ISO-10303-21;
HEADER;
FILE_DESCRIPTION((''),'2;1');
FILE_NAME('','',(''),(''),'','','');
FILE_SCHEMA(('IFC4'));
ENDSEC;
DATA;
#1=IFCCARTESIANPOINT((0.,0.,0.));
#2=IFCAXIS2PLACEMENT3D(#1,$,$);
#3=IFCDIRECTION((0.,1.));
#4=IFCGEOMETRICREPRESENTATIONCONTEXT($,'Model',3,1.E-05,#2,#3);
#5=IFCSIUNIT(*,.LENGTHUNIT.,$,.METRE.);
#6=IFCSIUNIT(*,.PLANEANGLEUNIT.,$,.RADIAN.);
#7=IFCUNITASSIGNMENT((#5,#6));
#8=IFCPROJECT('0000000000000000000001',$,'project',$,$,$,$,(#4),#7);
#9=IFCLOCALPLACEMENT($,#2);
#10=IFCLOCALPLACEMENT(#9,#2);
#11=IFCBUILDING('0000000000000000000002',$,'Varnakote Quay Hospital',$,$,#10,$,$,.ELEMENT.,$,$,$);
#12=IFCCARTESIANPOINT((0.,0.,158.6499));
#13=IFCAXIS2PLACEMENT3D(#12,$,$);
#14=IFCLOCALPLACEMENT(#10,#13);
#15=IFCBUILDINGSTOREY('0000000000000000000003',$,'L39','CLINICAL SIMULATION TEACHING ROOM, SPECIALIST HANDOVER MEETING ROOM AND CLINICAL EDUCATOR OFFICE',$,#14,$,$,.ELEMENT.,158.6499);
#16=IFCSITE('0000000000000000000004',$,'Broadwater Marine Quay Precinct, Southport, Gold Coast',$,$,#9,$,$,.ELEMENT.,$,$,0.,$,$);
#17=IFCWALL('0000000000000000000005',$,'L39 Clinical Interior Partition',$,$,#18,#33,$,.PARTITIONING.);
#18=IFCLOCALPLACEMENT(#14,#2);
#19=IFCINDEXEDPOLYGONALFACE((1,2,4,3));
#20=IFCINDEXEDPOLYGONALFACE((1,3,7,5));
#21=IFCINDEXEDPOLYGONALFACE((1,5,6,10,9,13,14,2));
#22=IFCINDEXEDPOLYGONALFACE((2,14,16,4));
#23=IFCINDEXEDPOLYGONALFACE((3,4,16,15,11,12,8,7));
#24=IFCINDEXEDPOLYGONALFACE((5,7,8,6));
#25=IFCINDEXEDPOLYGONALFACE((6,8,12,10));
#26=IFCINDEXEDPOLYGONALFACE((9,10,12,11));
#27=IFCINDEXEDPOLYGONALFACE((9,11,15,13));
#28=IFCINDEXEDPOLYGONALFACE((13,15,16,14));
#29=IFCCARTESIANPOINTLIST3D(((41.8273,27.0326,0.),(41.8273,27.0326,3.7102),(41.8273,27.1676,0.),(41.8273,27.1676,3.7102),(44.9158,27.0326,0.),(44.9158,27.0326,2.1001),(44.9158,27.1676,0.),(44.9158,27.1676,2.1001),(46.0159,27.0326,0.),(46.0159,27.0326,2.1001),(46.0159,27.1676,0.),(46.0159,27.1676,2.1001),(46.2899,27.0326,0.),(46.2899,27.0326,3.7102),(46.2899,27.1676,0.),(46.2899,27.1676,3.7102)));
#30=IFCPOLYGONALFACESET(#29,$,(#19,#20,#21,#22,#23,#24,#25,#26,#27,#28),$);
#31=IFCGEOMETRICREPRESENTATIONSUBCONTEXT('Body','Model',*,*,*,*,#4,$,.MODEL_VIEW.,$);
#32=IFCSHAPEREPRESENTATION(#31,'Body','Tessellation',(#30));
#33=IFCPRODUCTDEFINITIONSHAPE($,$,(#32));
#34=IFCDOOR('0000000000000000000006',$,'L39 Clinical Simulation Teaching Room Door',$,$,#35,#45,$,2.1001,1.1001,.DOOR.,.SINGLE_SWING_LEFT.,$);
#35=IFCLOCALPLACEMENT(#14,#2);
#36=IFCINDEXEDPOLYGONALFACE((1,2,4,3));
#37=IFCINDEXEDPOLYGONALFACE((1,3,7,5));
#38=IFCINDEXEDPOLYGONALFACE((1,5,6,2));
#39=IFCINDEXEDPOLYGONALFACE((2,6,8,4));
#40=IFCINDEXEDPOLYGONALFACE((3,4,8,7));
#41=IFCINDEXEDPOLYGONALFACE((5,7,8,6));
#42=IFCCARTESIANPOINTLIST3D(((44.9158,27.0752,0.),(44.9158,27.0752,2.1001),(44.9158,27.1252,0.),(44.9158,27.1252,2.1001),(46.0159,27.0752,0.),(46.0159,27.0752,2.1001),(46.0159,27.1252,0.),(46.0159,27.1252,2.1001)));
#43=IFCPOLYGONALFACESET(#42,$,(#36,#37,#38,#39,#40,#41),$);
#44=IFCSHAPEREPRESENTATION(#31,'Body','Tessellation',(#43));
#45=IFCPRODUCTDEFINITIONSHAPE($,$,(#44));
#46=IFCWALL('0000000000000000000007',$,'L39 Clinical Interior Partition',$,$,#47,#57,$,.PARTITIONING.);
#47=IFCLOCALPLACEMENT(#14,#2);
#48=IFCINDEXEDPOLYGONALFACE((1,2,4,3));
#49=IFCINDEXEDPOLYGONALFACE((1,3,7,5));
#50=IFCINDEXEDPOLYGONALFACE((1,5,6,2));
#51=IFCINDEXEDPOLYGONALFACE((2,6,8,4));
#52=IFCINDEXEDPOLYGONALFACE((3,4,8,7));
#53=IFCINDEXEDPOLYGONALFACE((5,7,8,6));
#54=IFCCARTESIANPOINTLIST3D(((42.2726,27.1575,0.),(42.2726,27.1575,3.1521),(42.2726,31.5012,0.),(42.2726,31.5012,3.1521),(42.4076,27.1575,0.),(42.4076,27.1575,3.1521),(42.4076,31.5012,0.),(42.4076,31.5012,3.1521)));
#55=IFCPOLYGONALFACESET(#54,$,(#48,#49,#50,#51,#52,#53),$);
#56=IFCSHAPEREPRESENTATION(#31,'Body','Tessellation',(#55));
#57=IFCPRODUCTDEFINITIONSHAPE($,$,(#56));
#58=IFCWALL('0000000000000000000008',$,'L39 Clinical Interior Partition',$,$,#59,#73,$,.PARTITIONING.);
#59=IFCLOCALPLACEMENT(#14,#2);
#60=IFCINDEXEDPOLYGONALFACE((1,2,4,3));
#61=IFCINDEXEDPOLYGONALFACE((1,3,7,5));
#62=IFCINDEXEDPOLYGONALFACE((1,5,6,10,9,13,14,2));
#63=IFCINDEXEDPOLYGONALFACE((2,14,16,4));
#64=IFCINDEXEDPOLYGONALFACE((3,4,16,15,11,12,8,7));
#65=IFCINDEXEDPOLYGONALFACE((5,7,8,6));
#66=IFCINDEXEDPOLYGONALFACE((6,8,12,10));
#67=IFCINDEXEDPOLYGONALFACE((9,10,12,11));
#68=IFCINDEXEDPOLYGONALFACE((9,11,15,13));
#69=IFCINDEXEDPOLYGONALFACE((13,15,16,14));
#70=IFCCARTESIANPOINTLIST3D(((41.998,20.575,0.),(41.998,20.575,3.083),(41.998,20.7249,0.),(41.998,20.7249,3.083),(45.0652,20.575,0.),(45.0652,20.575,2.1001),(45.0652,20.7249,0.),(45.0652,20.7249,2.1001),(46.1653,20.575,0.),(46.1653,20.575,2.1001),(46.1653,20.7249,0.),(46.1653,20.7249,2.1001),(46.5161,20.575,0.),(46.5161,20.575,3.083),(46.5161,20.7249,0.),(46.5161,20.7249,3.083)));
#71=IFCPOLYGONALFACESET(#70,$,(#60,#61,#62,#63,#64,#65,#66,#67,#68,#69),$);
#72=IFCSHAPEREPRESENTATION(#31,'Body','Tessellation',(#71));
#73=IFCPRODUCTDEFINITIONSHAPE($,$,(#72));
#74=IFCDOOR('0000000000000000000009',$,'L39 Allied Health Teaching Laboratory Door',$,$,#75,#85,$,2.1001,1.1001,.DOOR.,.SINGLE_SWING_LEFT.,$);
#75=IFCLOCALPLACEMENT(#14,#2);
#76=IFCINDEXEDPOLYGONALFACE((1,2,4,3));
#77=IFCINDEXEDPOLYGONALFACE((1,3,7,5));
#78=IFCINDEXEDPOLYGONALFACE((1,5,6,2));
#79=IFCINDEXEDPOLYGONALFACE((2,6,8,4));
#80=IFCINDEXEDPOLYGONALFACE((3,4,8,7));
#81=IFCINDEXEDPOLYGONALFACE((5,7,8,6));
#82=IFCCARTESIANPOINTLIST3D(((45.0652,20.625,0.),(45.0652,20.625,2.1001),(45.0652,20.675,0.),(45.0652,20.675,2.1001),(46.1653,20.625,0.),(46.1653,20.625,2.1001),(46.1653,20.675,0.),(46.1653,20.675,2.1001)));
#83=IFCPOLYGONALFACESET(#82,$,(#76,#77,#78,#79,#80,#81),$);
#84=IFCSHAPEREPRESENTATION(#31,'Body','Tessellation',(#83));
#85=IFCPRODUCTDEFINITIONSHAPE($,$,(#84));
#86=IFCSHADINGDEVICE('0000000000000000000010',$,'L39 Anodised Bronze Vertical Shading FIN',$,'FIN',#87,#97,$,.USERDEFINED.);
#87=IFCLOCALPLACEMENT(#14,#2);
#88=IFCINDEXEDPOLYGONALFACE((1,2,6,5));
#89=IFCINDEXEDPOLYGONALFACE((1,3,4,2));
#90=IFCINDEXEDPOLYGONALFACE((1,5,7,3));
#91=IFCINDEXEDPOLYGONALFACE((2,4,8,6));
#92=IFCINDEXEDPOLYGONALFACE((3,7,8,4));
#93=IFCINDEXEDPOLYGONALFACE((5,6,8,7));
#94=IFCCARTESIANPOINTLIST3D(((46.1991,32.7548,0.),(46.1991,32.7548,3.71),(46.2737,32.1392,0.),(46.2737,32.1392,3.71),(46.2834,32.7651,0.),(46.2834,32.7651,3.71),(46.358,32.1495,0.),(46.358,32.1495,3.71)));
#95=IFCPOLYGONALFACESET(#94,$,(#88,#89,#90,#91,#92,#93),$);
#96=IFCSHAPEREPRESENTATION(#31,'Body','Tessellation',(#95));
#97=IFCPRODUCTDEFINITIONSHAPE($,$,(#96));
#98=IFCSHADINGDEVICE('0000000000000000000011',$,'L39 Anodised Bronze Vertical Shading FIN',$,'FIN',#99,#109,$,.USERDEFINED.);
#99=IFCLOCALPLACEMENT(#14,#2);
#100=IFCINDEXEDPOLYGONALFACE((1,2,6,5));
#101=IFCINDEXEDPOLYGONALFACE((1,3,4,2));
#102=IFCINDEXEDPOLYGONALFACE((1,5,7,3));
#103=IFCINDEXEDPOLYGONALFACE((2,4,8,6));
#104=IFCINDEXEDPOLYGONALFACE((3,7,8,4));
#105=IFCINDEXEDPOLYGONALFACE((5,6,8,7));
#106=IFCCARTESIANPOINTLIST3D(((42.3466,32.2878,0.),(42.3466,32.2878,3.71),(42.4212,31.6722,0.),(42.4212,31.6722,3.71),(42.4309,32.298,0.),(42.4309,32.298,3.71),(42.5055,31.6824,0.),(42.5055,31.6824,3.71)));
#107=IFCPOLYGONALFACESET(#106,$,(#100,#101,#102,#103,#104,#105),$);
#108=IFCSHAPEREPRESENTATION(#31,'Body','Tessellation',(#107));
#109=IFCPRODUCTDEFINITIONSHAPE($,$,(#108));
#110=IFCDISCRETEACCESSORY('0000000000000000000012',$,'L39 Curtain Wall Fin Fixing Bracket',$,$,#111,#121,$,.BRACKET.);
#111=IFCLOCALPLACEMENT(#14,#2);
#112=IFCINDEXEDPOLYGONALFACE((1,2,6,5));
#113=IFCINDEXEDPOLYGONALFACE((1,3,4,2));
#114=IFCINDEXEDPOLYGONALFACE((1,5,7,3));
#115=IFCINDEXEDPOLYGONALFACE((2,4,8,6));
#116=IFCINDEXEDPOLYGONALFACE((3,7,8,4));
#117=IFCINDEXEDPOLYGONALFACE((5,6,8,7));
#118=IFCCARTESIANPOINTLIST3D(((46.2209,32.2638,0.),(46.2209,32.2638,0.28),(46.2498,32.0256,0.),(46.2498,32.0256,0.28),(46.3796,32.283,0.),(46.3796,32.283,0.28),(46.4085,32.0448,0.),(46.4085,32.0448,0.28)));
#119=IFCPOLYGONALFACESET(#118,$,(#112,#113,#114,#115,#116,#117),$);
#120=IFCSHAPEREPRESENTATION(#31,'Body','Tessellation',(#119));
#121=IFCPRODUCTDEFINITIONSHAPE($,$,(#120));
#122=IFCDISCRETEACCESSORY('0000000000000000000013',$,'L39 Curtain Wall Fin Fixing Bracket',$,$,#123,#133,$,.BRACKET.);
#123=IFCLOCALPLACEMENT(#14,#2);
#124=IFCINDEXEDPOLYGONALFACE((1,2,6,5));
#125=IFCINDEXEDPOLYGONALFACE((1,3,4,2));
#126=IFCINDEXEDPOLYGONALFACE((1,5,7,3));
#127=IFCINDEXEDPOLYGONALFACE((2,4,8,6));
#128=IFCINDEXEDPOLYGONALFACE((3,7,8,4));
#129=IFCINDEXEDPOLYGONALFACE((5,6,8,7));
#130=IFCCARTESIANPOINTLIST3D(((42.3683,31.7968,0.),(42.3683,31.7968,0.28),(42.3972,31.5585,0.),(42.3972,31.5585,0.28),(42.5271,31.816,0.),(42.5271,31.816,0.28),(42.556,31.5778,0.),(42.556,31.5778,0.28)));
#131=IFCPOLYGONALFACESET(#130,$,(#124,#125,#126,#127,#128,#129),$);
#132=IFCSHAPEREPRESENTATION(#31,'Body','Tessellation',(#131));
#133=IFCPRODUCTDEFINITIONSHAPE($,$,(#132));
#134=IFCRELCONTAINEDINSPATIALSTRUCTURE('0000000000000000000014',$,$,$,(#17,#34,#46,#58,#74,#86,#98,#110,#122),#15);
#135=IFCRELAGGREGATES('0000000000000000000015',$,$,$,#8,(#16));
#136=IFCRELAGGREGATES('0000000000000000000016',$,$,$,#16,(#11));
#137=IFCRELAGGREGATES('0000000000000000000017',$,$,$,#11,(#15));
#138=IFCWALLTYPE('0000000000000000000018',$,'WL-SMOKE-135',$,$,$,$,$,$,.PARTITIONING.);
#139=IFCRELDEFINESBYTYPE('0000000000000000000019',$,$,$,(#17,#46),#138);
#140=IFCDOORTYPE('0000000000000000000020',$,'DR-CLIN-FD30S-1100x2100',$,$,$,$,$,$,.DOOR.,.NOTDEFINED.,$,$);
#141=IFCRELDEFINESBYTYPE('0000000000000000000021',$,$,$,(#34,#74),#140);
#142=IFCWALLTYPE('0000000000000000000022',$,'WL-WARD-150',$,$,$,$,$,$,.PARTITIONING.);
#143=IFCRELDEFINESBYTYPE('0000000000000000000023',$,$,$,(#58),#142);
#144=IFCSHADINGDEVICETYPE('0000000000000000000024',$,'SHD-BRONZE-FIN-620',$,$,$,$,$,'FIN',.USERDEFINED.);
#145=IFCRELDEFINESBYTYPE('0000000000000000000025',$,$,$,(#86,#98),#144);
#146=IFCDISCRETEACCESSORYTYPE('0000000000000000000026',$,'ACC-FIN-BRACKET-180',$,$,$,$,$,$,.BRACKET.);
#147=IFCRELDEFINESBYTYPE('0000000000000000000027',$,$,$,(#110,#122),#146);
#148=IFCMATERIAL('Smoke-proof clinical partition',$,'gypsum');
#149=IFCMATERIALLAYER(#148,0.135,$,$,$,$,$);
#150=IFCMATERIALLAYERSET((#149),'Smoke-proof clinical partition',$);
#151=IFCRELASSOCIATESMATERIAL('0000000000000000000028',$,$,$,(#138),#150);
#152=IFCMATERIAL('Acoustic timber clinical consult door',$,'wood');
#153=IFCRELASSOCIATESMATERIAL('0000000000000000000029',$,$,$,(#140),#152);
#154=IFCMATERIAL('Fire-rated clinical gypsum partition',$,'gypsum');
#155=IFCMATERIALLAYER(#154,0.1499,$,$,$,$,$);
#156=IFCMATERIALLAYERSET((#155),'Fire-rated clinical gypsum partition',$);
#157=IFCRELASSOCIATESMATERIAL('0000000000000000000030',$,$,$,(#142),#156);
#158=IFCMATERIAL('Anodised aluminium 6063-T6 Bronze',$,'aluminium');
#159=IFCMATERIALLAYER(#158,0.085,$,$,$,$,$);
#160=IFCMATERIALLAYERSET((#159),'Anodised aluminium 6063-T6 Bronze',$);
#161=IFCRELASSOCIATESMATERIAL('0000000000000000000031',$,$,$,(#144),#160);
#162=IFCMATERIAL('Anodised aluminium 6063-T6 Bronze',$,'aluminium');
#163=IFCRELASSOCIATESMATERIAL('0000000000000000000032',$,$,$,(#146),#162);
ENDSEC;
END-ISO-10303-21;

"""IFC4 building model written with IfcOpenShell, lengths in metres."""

from ifc_helpers import new_model, si_unit, direction, frame, frame_2d, origin, origin_2d, place, context, subcontext, project, spatial, rectangle, extrude, material, layer, layer_set, type_object, element, fill, save


model = new_model("IFC4")

# Units and contexts
model_context = context("Model", 3, precision=1e-05, world=origin(), true_north=direction((0.0, 1.0)))
body_context = subcontext(model_context, "Body", "Model", "MODEL_VIEW")
ifc_project = project(units=[si_unit("LENGTHUNIT", "METRE"), si_unit("PLANEANGLEUNIT", "RADIAN")], contexts=[model_context])

# Site, building, storey
site_placement = place(None, origin())
site = spatial("IfcSite", under=ifc_project, at=site_placement, Name="Broadwater Marine Quay Precinct, Southport, Gold Coast", CompositionType="ELEMENT", RefElevation=0.0)
building_placement = place(site_placement, origin())
building = spatial("IfcBuilding", under=site, at=building_placement, Name="Varnakote Quay Hospital", CompositionType="ELEMENT")
storey_placement = place(building_placement, frame((0.0, 0.0, 158.6499)))
storey = spatial("IfcBuildingStorey", under=building, at=storey_placement, Name="L39", Description="CLINICAL SIMULATION TEACHING ROOM, SPECIALIST HANDOVER MEETING ROOM AND CLINICAL EDUCATOR OFFICE", CompositionType="ELEMENT", Elevation=158.6499)

# Shared definitions
ifc_material_1 = material(Name="Smoke-proof clinical partition", Category="gypsum")
ifc_layer_1 = layer(ifc_material_1, 0.135)
ifc_layer_set_1 = layer_set([ifc_layer_1], Name="Smoke-proof clinical partition")
wall_type_1 = type_object("IfcWallType", Name="WL-SMOKE-135", PredefinedType="PARTITIONING", material=ifc_layer_set_1)

# Wall, opening, door
wall_1_placement = place(storey_placement, frame((46.29, 27.1001, 0.0), z_axis=(0.0, 0.0, 1.0), x_axis=(-1.0, 0.0, 0.0)))
wall_1 = element("IfcWall", 1, at=wall_1_placement, inside=storey, type_object=wall_type_1, Name="L39 Clinical Interior Partition", PredefinedType="PARTITIONING", context=body_context, shape_type="SweptSolid", body=[
    extrude(rectangle(XDim=4.4626, YDim=0.135, at=frame_2d((2.2314, 0.0))), origin(), (0.0, 0.0, 1.0), 3.7102),
])
opening_1_placement = place(wall_1_placement, frame((0.2742, 0.0, 0.0)))
opening_1 = element("IfcOpeningElement", 2, at=opening_1_placement, cuts=wall_1, PredefinedType="OPENING", context=body_context, shape_type="SweptSolid", body=[
    extrude(rectangle(XDim=1.1001, YDim=2.1001, at=frame_2d((0.55, 1.05))), frame((0.0, 0.0774, 0.0), z_axis=(0.0, -1.0, 0.0), x_axis=(1.0, 0.0, 0.0)), (0.0, 0.0, 1.0), 0.155),
])
ifc_material_2 = material(Name="Acoustic timber clinical consult door", Category="wood")
door_type = type_object("IfcDoorType", Name="DR-CLIN-FD30S-1100x2100", OperationType="NOTDEFINED", PredefinedType="DOOR", material=ifc_material_2)
door_1_placement = place(opening_1_placement, origin())
door_1 = element("IfcDoor", 3, at=door_1_placement, inside=storey, type_object=door_type, Name="L39 Clinical Simulation Teaching Room Door", OperationType="SINGLE_SWING_LEFT", OverallHeight=2.1001, OverallWidth=1.1001, PredefinedType="DOOR", context=body_context, shape_type="SweptSolid", body=[
    extrude(rectangle(XDim=1.1001, YDim=2.1001, at=frame_2d((0.55, 1.05))), frame((0.0, 0.0249, 0.0), z_axis=(0.0, -1.0, 0.0), x_axis=(1.0, 0.0, 0.0)), (0.0, 0.0, 1.0), 0.05),
])
fill(opening_1, door_1)

# Wall
wall_2_placement = place(storey_placement, frame((42.3401, 27.1575, 0.0), z_axis=(0.0, 0.0, 1.0), x_axis=(0.0, 1.0, 0.0)))
element("IfcWall", 4, at=wall_2_placement, inside=storey, type_object=wall_type_1, Name="L39 Clinical Interior Partition", PredefinedType="PARTITIONING", context=body_context, shape_type="SweptSolid", body=[
    extrude(rectangle(XDim=4.3438, YDim=0.135, at=frame_2d((2.1719, 0.0))), origin(), (0.0, 0.0, 1.0), 3.1521),
])

# Wall, opening, door
ifc_material_3 = material(Name="Fire-rated clinical gypsum partition", Category="gypsum")
ifc_layer_2 = layer(ifc_material_3, 0.1499)
ifc_layer_set_2 = layer_set([ifc_layer_2], Name="Fire-rated clinical gypsum partition")
wall_type_2 = type_object("IfcWallType", Name="WL-WARD-150", PredefinedType="PARTITIONING", material=ifc_layer_set_2)
wall_3_placement = place(storey_placement, frame((46.5161, 20.6499, 0.0), z_axis=(0.0, 0.0, 1.0), x_axis=(-1.0, 0.0, 0.0)))
wall_3 = element("IfcWall", 5, at=wall_3_placement, inside=storey, type_object=wall_type_2, Name="L39 Clinical Interior Partition", PredefinedType="PARTITIONING", context=body_context, shape_type="SweptSolid", body=[
    extrude(rectangle(XDim=4.5181, YDim=0.1499, at=frame_2d((2.259, 0.0))), origin(), (0.0, 0.0, 1.0), 3.083),
])
opening_2_placement = place(wall_3_placement, frame((0.3508, 0.0, 0.0)))
opening_2 = element("IfcOpeningElement", 6, at=opening_2_placement, cuts=wall_3, PredefinedType="OPENING", context=body_context, shape_type="SweptSolid", body=[
    extrude(rectangle(XDim=1.1001, YDim=2.1001, at=frame_2d((0.55, 1.05))), frame((0.0, 0.085, 0.0), z_axis=(0.0, -1.0, 0.0), x_axis=(1.0, 0.0, 0.0)), (0.0, 0.0, 1.0), 0.1699),
])
door_2_placement = place(opening_2_placement, origin())
door_2 = element("IfcDoor", 7, at=door_2_placement, inside=storey, type_object=door_type, Name="L39 Allied Health Teaching Laboratory Door", OperationType="SINGLE_SWING_LEFT", OverallHeight=2.1001, OverallWidth=1.1001, PredefinedType="DOOR", context=body_context, shape_type="SweptSolid", body=[
    extrude(rectangle(XDim=1.1001, YDim=2.1001, at=frame_2d((0.55, 1.05))), frame((0.0, 0.0249, 0.0), z_axis=(0.0, -1.0, 0.0), x_axis=(1.0, 0.0, 0.0)), (0.0, 0.0, 1.0), 0.05),
])
fill(opening_2, door_2)

# Shading devices
ifc_material_4 = material(Name="Anodised aluminium 6063-T6 Bronze", Category="aluminium")
ifc_layer_3 = layer(ifc_material_4, 0.085)
ifc_layer_set_3 = layer_set([ifc_layer_3], Name="Anodised aluminium 6063-T6 Bronze")
shading_device_type = type_object("IfcShadingDeviceType", Name="SHD-BRONZE-FIN-620", ElementType="FIN", PredefinedType="USERDEFINED", material=ifc_layer_set_3)
for number, where, z_axis, x_axis, name in (
    (8, (46.2786, 32.4521, 0.0), (0.0, 0.0, 1.0), (0.12031, -0.992736, 0.0), "L39 Anodised Bronze Vertical Shading FIN"),
    (9, (42.426, 31.9851, 0.0), (0.0, 0.0, 1.0), (0.12031, -0.992736, 0.0), "L39 Anodised Bronze Vertical Shading FIN"),
):
    element("IfcShadingDevice", number, at=place(storey_placement, frame(where, z_axis=z_axis, x_axis=x_axis)), inside=storey, type_object=shading_device_type, Name=name, ObjectType="FIN", PredefinedType="USERDEFINED", context=body_context, shape_type="SweptSolid", body=[
        extrude(rectangle(XDim=0.6201, YDim=0.085, at=origin_2d()), origin(), (0.0, 0.0, 1.0), 3.71),
    ])

# Discrete accessories
ifc_material_5 = material(Name="Anodised aluminium 6063-T6 Bronze", Category="aluminium")
discrete_accessory_type = type_object("IfcDiscreteAccessoryType", Name="ACC-FIN-BRACKET-180", PredefinedType="BRACKET", material=ifc_material_5)
for number, where, z_axis, x_axis, name in (
    (10, (46.3147, 32.1543, 0.0), (0.0, 0.0, 1.0), (-0.992736, -0.12031, 0.0), "L39 Curtain Wall Fin Fixing Bracket"),
    (11, (42.4622, 31.6873, 0.0), (0.0, 0.0, 1.0), (-0.992736, -0.12031, 0.0), "L39 Curtain Wall Fin Fixing Bracket"),
):
    element("IfcDiscreteAccessory", number, at=place(storey_placement, frame(where, z_axis=z_axis, x_axis=x_axis)), inside=storey, type_object=discrete_accessory_type, Name=name, PredefinedType="BRACKET", context=body_context, shape_type="SweptSolid", body=[
        extrude(rectangle(XDim=0.1599, YDim=0.24, at=origin_2d()), origin(), (0.0, 0.0, 1.0), 0.28),
    ])

save(model, "model.ifc")
